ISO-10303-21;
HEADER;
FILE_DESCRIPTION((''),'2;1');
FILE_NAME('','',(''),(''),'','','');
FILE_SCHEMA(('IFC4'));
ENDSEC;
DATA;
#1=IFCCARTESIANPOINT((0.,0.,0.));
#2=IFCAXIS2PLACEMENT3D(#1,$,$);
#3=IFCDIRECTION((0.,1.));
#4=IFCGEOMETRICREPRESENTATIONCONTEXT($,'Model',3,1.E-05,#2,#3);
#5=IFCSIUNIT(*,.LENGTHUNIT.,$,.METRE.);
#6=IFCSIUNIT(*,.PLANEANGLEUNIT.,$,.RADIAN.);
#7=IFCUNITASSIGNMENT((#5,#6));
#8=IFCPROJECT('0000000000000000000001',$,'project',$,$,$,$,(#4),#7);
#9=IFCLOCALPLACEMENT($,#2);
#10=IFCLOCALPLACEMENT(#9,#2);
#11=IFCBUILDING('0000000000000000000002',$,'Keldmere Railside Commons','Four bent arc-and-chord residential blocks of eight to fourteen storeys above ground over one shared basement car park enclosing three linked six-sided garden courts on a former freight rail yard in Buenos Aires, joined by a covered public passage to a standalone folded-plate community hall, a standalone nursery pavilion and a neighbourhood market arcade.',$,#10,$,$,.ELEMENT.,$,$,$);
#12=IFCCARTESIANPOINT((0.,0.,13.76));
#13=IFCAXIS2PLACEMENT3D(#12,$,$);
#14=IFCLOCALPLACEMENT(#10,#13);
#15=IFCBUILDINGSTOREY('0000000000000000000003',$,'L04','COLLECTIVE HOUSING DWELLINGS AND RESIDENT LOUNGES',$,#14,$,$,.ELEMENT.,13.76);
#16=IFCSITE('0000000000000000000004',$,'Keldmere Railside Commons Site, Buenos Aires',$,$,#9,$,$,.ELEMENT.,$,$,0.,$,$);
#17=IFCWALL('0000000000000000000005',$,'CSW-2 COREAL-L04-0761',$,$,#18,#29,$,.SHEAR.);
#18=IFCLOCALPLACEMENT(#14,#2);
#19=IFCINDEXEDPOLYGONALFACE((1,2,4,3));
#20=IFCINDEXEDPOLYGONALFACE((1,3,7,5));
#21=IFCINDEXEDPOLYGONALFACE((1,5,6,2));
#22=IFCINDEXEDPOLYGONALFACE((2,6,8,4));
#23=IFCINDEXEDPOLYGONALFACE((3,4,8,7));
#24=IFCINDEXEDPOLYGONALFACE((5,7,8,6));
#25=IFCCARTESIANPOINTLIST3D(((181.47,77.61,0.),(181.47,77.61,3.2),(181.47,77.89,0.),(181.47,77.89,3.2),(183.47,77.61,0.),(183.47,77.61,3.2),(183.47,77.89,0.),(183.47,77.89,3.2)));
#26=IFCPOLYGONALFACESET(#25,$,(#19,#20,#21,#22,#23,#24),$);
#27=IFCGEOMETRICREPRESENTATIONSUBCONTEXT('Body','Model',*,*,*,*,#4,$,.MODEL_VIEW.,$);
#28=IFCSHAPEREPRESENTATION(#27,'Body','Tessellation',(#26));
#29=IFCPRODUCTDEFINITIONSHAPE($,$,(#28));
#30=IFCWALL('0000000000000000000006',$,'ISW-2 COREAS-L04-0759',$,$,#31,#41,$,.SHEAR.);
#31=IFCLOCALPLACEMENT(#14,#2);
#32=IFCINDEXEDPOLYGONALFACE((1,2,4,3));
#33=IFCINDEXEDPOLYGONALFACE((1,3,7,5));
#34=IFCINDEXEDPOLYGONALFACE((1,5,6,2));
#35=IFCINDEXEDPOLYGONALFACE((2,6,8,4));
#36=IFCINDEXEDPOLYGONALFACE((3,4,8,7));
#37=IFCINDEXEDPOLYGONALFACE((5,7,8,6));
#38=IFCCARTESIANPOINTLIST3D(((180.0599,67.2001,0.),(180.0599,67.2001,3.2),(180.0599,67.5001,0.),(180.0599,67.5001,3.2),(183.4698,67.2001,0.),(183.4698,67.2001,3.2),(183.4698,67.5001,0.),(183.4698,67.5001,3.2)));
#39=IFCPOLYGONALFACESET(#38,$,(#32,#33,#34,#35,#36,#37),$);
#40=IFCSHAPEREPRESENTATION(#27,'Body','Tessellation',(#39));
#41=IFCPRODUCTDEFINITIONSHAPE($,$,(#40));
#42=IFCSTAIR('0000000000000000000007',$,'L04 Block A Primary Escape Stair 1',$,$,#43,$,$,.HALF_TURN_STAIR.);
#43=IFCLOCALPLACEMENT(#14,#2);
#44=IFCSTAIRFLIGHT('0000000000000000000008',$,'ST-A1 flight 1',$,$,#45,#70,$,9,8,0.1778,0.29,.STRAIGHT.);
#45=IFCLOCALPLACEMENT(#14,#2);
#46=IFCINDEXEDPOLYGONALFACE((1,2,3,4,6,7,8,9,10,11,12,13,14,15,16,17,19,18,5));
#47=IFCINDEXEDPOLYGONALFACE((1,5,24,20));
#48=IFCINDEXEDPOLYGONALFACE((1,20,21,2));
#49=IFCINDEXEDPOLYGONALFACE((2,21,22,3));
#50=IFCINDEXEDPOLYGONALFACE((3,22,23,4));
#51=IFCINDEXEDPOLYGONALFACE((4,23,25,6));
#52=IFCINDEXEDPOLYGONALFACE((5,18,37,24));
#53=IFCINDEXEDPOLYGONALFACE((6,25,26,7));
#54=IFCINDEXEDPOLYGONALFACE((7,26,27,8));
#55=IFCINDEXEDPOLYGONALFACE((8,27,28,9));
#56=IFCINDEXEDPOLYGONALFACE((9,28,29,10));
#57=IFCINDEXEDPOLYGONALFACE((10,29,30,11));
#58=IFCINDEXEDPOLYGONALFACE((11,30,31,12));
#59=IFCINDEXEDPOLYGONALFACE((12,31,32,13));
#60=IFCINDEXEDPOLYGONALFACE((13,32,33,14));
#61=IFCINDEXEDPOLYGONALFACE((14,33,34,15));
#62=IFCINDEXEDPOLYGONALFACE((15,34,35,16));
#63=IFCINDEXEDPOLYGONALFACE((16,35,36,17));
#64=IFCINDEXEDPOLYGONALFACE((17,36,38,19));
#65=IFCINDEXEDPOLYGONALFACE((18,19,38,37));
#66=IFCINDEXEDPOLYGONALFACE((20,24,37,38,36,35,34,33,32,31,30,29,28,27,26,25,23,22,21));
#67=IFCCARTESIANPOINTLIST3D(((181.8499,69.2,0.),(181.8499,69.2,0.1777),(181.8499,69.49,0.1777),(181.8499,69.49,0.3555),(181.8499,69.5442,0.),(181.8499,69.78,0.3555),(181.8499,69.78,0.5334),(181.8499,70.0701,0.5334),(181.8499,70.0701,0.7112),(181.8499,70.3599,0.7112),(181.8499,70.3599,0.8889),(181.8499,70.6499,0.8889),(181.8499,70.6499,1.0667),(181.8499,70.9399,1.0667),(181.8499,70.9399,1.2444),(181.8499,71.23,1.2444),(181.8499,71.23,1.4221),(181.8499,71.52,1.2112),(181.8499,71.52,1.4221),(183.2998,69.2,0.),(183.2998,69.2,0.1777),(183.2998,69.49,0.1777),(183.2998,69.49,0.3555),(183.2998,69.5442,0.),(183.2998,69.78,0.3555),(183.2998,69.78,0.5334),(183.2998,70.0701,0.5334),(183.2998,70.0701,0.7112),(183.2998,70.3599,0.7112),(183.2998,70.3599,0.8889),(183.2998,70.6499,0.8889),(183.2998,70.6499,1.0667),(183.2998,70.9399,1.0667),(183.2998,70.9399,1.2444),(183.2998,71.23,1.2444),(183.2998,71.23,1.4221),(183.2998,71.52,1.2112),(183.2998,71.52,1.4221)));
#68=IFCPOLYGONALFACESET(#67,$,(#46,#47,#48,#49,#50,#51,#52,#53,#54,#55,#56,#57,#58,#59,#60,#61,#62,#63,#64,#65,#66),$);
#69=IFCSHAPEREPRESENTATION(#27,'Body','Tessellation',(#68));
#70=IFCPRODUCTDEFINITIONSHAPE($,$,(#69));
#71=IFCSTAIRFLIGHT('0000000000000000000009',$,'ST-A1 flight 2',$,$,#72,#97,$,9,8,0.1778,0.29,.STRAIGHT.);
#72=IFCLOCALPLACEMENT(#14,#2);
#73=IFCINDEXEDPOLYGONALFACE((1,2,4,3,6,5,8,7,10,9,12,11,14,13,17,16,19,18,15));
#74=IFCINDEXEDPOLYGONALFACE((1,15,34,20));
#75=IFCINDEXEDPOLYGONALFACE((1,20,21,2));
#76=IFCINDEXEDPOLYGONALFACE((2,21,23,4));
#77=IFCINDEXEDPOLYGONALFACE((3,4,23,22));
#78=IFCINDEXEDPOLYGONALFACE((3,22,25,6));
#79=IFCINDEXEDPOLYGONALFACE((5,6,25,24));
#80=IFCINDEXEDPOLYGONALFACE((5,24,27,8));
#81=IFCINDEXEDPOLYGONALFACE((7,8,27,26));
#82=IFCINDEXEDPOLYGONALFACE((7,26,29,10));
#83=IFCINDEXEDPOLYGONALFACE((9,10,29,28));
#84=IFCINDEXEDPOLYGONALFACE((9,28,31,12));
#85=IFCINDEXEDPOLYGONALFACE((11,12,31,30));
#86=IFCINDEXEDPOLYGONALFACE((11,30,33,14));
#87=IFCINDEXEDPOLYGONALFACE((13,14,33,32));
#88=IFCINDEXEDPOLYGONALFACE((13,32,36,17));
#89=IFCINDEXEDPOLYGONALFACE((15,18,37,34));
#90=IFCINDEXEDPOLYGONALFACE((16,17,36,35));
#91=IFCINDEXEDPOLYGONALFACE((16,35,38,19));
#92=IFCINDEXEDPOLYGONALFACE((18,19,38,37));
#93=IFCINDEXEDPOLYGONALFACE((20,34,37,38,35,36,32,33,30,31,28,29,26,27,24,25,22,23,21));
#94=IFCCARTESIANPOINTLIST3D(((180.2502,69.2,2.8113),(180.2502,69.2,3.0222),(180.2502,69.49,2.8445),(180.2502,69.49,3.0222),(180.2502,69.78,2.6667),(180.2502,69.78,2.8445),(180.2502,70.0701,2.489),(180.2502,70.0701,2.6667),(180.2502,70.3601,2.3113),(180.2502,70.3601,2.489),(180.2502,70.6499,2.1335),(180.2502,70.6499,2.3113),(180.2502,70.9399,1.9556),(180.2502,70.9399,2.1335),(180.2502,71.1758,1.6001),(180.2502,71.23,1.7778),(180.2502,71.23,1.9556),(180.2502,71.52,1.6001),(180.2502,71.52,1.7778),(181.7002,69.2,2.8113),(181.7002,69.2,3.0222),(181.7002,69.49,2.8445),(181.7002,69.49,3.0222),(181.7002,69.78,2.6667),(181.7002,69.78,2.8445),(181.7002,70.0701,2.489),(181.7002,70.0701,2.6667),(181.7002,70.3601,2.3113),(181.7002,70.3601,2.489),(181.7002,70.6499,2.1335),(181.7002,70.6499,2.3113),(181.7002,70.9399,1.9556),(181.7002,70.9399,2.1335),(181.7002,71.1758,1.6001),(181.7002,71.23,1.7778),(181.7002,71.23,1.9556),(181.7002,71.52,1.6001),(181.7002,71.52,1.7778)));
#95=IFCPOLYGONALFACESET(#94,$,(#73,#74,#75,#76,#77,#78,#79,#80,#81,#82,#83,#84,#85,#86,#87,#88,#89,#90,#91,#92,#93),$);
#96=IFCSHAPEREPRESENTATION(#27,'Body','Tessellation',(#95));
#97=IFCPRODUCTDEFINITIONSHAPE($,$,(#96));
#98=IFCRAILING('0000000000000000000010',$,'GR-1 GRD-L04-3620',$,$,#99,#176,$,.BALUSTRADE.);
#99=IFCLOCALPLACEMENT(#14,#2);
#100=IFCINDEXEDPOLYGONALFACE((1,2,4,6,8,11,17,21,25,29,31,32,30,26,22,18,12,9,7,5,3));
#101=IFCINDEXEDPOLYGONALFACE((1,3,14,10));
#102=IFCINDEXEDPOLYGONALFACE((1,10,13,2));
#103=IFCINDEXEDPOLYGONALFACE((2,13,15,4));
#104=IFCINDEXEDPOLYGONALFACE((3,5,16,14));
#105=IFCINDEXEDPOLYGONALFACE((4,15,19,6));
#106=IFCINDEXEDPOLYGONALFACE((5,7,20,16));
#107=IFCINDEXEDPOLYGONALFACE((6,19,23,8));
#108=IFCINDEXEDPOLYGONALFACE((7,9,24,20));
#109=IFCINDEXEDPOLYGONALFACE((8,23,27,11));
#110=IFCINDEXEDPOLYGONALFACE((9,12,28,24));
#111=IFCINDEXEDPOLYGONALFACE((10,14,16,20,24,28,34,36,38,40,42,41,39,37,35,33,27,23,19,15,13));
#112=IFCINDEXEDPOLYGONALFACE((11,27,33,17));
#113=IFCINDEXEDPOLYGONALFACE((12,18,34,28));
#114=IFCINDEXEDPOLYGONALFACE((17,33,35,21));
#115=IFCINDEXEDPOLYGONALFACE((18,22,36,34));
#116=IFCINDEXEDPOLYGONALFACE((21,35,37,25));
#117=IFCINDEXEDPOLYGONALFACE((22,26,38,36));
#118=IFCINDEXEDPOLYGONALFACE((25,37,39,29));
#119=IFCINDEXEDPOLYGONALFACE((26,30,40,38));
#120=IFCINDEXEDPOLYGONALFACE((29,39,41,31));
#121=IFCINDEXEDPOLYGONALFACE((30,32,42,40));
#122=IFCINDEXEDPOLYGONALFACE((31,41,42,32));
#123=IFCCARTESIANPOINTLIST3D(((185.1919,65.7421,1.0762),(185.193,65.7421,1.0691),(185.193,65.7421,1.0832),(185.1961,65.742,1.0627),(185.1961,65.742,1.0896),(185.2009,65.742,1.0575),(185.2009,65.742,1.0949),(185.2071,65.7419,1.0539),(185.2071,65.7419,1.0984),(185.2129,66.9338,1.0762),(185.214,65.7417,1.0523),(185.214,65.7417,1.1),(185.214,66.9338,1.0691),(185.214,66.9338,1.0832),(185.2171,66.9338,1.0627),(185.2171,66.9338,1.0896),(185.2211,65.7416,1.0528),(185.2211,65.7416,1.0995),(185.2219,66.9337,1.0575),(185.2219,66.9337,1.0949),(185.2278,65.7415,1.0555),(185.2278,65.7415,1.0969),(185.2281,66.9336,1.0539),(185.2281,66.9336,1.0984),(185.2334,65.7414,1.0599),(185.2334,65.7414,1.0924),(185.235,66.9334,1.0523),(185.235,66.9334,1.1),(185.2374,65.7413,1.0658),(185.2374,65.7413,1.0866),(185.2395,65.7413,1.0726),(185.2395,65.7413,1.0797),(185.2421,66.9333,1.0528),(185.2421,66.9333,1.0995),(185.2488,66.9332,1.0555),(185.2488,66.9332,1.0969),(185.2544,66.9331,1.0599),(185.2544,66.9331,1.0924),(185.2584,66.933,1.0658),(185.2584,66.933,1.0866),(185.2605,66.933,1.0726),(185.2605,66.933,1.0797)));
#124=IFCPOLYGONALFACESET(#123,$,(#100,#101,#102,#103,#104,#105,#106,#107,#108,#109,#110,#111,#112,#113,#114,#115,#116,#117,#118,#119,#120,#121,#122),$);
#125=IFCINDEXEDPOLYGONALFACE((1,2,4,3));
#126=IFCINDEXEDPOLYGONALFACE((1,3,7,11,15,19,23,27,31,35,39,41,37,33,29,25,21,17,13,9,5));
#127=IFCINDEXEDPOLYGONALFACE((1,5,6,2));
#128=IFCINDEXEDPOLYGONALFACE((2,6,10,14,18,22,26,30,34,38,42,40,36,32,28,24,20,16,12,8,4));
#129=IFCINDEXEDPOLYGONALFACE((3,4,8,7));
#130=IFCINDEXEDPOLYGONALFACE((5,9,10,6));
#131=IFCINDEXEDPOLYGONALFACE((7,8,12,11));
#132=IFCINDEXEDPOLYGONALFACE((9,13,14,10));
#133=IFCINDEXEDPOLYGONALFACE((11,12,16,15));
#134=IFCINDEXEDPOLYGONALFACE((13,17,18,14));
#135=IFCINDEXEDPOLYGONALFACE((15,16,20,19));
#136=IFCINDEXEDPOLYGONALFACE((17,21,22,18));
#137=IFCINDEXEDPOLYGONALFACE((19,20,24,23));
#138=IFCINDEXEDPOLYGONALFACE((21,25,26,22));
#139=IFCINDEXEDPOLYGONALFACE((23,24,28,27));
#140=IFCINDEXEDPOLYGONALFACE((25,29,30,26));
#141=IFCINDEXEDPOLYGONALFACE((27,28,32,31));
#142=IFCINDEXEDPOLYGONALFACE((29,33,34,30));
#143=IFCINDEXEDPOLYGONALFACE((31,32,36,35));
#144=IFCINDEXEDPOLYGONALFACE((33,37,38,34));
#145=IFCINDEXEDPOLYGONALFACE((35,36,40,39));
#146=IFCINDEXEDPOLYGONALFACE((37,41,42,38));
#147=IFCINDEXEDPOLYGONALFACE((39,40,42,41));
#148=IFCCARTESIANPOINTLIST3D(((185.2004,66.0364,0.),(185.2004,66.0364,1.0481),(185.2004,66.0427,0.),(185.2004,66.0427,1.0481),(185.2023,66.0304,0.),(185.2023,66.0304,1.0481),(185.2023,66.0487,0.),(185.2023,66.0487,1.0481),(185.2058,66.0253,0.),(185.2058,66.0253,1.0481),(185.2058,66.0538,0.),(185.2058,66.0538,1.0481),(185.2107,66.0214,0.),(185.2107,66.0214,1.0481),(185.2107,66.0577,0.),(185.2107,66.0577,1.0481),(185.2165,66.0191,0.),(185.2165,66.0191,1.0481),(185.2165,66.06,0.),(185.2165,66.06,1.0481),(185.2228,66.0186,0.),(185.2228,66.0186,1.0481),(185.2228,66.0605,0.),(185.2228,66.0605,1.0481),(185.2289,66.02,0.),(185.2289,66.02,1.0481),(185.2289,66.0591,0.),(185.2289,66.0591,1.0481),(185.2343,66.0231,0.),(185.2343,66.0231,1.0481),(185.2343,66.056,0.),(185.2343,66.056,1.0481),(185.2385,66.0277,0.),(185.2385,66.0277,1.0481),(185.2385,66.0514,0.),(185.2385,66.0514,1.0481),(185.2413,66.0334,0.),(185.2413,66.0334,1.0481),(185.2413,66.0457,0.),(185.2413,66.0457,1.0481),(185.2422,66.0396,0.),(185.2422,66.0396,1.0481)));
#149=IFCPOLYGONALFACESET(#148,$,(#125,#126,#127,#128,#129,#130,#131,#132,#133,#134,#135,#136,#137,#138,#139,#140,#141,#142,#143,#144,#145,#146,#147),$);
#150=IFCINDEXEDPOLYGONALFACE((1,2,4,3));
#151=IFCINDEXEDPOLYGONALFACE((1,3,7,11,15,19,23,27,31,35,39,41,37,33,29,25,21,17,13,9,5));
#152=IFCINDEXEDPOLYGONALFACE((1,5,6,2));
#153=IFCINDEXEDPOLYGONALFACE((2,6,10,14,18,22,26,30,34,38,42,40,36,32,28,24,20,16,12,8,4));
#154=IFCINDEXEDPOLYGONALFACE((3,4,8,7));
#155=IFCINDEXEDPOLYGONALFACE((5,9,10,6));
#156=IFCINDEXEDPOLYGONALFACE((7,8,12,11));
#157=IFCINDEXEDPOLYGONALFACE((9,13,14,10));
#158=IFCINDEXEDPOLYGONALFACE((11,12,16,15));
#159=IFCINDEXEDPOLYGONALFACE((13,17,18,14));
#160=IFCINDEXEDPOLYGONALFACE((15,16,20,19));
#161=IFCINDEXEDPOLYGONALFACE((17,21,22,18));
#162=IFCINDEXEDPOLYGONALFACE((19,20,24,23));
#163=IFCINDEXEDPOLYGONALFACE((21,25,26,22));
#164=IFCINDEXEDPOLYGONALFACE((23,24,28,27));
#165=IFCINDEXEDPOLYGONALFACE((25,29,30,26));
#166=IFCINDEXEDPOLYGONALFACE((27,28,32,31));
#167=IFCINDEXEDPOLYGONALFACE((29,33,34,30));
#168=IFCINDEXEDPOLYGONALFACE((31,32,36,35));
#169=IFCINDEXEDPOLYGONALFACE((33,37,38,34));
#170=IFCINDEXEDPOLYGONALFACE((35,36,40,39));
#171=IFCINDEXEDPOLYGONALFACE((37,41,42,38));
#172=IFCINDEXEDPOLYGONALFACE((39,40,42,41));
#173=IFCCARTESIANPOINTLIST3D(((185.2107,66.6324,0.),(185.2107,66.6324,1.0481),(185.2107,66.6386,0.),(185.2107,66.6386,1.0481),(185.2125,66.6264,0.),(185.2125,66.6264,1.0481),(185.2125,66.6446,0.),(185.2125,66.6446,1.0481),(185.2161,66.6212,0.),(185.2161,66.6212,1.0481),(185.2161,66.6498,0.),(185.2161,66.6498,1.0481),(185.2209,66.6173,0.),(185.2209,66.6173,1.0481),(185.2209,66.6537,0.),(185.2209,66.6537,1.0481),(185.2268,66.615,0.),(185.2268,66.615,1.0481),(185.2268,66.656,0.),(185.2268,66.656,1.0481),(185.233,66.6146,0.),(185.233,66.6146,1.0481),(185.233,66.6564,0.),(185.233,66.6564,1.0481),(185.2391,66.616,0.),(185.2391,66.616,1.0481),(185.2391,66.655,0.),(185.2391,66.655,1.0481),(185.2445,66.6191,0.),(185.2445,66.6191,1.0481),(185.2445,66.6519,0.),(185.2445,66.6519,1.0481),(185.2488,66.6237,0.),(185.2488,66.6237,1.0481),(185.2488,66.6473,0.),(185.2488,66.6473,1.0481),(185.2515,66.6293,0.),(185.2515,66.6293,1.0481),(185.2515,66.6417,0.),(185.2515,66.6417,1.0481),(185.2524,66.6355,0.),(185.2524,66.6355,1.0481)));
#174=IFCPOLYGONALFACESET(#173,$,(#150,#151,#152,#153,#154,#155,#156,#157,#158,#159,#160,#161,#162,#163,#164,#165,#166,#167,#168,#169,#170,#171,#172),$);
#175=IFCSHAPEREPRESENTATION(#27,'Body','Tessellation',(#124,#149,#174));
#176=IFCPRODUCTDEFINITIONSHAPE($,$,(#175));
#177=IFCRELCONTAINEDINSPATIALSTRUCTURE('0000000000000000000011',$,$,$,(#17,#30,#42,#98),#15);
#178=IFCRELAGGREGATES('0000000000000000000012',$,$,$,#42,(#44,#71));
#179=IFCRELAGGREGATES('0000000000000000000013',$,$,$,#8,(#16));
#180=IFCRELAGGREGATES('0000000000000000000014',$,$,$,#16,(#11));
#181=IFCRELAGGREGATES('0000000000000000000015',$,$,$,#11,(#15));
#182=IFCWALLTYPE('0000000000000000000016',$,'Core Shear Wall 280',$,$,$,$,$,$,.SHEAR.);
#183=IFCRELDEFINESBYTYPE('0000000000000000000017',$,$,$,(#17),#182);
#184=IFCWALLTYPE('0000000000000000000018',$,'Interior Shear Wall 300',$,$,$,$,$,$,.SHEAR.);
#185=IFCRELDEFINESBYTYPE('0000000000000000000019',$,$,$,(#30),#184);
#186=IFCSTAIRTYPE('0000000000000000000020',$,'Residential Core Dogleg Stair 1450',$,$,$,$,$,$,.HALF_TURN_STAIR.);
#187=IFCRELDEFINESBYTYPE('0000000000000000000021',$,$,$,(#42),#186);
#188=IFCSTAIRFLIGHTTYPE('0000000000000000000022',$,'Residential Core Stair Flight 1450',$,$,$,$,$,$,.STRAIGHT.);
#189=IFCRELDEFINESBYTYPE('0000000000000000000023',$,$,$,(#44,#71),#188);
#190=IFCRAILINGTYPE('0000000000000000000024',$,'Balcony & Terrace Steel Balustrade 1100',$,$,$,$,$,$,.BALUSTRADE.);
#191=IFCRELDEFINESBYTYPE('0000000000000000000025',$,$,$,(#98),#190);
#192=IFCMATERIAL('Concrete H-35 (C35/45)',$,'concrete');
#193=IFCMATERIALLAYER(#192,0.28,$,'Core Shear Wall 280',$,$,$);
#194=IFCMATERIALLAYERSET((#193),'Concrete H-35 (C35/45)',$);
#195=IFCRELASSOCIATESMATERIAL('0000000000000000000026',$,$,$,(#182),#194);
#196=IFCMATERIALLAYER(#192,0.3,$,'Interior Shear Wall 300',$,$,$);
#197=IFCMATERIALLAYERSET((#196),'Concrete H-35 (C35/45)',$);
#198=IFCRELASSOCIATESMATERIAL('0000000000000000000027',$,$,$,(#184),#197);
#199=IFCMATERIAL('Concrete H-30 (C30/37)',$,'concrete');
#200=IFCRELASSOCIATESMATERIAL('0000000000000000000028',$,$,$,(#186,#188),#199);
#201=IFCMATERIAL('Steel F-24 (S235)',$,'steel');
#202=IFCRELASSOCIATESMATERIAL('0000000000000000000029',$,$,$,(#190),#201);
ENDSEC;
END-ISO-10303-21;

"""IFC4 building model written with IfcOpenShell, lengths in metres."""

from ifc_helpers import new_model, si_unit, direction, frame, frame_2d, origin, origin_2d, place, context, subcontext, project, spatial, polyline, rectangle, circle, outline, extrude, material, layer, layer_set, type_object, element, aggregate, save


model = new_model("IFC4")

# Units and contexts
model_context = context("Model", 3, precision=1e-05, world=origin(), true_north=direction((0.0, 1.0)))
body_context = subcontext(model_context, "Body", "Model", "MODEL_VIEW")
ifc_project = project(units=[si_unit("LENGTHUNIT", "METRE"), si_unit("PLANEANGLEUNIT", "RADIAN")], contexts=[model_context])

# Site, building, storey
site_placement = place(None, origin())
site = spatial("IfcSite", under=ifc_project, at=site_placement, Name="Keldmere Railside Commons Site, Buenos Aires", CompositionType="ELEMENT", RefElevation=0.0)
building_placement = place(site_placement, origin())
building = spatial("IfcBuilding", under=site, at=building_placement, Name="Keldmere Railside Commons", Description="Four bent arc-and-chord residential blocks of eight to fourteen storeys above ground over one shared basement car park enclosing three linked six-sided garden courts on a former freight rail yard in Buenos Aires, joined by a covered public passage to a standalone folded-plate community hall, a standalone nursery pavilion and a neighbourhood market arcade.", CompositionType="ELEMENT")
storey_placement = place(building_placement, frame((0.0, 0.0, 13.76)))
storey = spatial("IfcBuildingStorey", under=building, at=storey_placement, Name="L04", Description="COLLECTIVE HOUSING DWELLINGS AND RESIDENT LOUNGES", CompositionType="ELEMENT", Elevation=13.76)

# Wall
ifc_material_1 = material(Name="Concrete H-35 (C35/45)", Category="concrete")
ifc_layer_1 = layer(ifc_material_1, 0.28, Name="Core Shear Wall 280")
ifc_layer_set_1 = layer_set([ifc_layer_1], Name="Concrete H-35 (C35/45)")
wall_type_1 = type_object("IfcWallType", Name="Core Shear Wall 280", PredefinedType="SHEAR", material=ifc_layer_set_1)
wall_1_placement = place(storey_placement, frame((181.47, 77.75, 0.0), z_axis=(0.0, 0.0, 1.0), x_axis=(1.0, 0.0, 0.0)))
element("IfcWall", 1, at=wall_1_placement, inside=storey, type_object=wall_type_1, Name="CSW-2 COREAL-L04-0761", PredefinedType="SHEAR", context=body_context, shape_type="SweptSolid", body=[
    extrude(rectangle(XDim=2.0, YDim=0.28, at=frame_2d((1.0, 0.0))), origin(), (0.0, 0.0, 1.0), 3.2),
])

# Shared definitions
ifc_material_2 = material(Name="Steel F-24 (S235)", Category="steel")

# Wall
ifc_layer_2 = layer(ifc_material_1, 0.3, Name="Interior Shear Wall 300")
ifc_layer_set_2 = layer_set([ifc_layer_2], Name="Concrete H-35 (C35/45)")
wall_type_2 = type_object("IfcWallType", Name="Interior Shear Wall 300", PredefinedType="SHEAR", material=ifc_layer_set_2)
wall_2_placement = place(storey_placement, frame((183.47, 67.3501, 0.0), z_axis=(0.0, 0.0, 1.0), x_axis=(-1.0, 0.0, 0.0)))
element("IfcWall", 2, at=wall_2_placement, inside=storey, type_object=wall_type_2, Name="ISW-2 COREAS-L04-0759", PredefinedType="SHEAR", context=body_context, shape_type="SweptSolid", body=[
    extrude(rectangle(XDim=3.4099, YDim=0.3, at=frame_2d((1.7051, 0.0))), origin(), (0.0, 0.0, 1.0), 3.2),
])

# Stair, stair flights
ifc_material_3 = material(Name="Concrete H-30 (C30/37)", Category="concrete")
stair_type = type_object("IfcStairType", Name="Residential Core Dogleg Stair 1450", PredefinedType="HALF_TURN_STAIR", material=ifc_material_3)
stair_placement = place(storey_placement, origin())
stair = element("IfcStair", 3, at=stair_placement, inside=storey, type_object=stair_type, Name="L04 Block A Primary Escape Stair 1", PredefinedType="HALF_TURN_STAIR")
stair_flight_type = type_object("IfcStairFlightType", Name="Residential Core Stair Flight 1450", PredefinedType="STRAIGHT", material=ifc_material_3)
stair_flight_1_placement = place(storey_placement, frame((182.575, 69.2, 0.0), z_axis=(0.0, 0.0, 1.0), x_axis=(0.0, 1.0, 0.0)))
stair_flight_1 = element("IfcStairFlight", 4, at=stair_flight_1_placement, type_object=stair_flight_type, Name="ST-A1 flight 1", NumberOfRisers=9, NumberOfTreads=8, PredefinedType="STRAIGHT", RiserHeight=0.1778, TreadLength=0.29, context=body_context, shape_type="SweptSolid", body=[
    extrude(outline(polyline([(0.0, 0.0), (0.0, 0.1777), (0.29, 0.1777), (0.29, 0.3555), (0.5801, 0.3555), (0.5801, 0.5334), (0.8701, 0.5334), (0.8701, 0.7112), (1.1599, 0.7112), (1.1599, 0.8889), (1.45, 0.8889), (1.45, 1.0667), (1.74, 1.0667), (1.74, 1.2444), (2.03, 1.2444), (2.03, 1.4221), (2.3201, 1.4221), (2.3201, 1.6001), (2.3201, 1.2112), (0.3442, 0.0), (0.0, 0.0)])), frame((0.0, 0.7251, 0.0), z_axis=(0.0, -1.0, 0.0), x_axis=(1.0, 0.0, 0.0)), (0.0, 0.0, 1.0), 1.45),
])
stair_flight_2_placement = place(storey_placement, frame((180.9751, 71.52, 1.6001), z_axis=(0.0, 0.0, 1.0), x_axis=(0.0, -1.0, 0.0)))
stair_flight_2 = element("IfcStairFlight", 5, at=stair_flight_2_placement, type_object=stair_flight_type, Name="ST-A1 flight 2", NumberOfRisers=9, NumberOfTreads=8, PredefinedType="STRAIGHT", RiserHeight=0.1778, TreadLength=0.29, context=body_context, shape_type="SweptSolid", body=[
    extrude(outline(polyline([(0.0, 0.0), (0.0, 0.1777), (0.29, 0.1777), (0.29, 0.3555), (0.5801, 0.3555), (0.5801, 0.5334), (0.8701, 0.5334), (0.8701, 0.7112), (1.1599, 0.7112), (1.1599, 0.8889), (1.45, 0.8889), (1.45, 1.0667), (1.74, 1.0667), (1.74, 1.2444), (2.03, 1.2444), (2.03, 1.4221), (2.3201, 1.4221), (2.3201, 1.6001), (2.3201, 1.2112), (0.3442, 0.0), (0.0, 0.0)])), frame((0.0, 0.7251, 0.0), z_axis=(0.0, -1.0, 0.0), x_axis=(1.0, 0.0, 0.0)), (0.0, 0.0, 1.0), 1.45),
])
aggregate(stair, [stair_flight_1, stair_flight_2])

# Railing
railing_type_1 = type_object("IfcRailingType", Name="Balcony & Terrace Steel Balustrade 1100", PredefinedType="BALUSTRADE", material=ifc_material_2)
railing_1_placement = place(storey_placement, frame((185.2158, 65.7417, 0.0)))
element("IfcRailing", 6, at=railing_1_placement, inside=storey, type_object=railing_type_1, Name="GR-1 GRD-L04-3620", PredefinedType="BALUSTRADE", context=body_context, shape_type="SweptSolid", body=[
    extrude(circle(Radius=0.0239, at=origin_2d()), frame((0.0, 0.0, 1.0762), z_axis=(0.017617, 0.999845, 0.0), x_axis=(-0.999845, 0.017617, 0.0)), (0.0, 0.0, 1.0), 1.1919),
    extrude(circle(Radius=0.021, at=origin_2d()), frame((0.0054, 0.2979, 0.0)), (0.0, 0.0, 1.0), 1.0481),
    extrude(circle(Radius=0.021, at=origin_2d()), frame((0.0156, 0.8938, 0.0)), (0.0, 0.0, 1.0), 1.0481),
])

save(model, "model.ifc")
